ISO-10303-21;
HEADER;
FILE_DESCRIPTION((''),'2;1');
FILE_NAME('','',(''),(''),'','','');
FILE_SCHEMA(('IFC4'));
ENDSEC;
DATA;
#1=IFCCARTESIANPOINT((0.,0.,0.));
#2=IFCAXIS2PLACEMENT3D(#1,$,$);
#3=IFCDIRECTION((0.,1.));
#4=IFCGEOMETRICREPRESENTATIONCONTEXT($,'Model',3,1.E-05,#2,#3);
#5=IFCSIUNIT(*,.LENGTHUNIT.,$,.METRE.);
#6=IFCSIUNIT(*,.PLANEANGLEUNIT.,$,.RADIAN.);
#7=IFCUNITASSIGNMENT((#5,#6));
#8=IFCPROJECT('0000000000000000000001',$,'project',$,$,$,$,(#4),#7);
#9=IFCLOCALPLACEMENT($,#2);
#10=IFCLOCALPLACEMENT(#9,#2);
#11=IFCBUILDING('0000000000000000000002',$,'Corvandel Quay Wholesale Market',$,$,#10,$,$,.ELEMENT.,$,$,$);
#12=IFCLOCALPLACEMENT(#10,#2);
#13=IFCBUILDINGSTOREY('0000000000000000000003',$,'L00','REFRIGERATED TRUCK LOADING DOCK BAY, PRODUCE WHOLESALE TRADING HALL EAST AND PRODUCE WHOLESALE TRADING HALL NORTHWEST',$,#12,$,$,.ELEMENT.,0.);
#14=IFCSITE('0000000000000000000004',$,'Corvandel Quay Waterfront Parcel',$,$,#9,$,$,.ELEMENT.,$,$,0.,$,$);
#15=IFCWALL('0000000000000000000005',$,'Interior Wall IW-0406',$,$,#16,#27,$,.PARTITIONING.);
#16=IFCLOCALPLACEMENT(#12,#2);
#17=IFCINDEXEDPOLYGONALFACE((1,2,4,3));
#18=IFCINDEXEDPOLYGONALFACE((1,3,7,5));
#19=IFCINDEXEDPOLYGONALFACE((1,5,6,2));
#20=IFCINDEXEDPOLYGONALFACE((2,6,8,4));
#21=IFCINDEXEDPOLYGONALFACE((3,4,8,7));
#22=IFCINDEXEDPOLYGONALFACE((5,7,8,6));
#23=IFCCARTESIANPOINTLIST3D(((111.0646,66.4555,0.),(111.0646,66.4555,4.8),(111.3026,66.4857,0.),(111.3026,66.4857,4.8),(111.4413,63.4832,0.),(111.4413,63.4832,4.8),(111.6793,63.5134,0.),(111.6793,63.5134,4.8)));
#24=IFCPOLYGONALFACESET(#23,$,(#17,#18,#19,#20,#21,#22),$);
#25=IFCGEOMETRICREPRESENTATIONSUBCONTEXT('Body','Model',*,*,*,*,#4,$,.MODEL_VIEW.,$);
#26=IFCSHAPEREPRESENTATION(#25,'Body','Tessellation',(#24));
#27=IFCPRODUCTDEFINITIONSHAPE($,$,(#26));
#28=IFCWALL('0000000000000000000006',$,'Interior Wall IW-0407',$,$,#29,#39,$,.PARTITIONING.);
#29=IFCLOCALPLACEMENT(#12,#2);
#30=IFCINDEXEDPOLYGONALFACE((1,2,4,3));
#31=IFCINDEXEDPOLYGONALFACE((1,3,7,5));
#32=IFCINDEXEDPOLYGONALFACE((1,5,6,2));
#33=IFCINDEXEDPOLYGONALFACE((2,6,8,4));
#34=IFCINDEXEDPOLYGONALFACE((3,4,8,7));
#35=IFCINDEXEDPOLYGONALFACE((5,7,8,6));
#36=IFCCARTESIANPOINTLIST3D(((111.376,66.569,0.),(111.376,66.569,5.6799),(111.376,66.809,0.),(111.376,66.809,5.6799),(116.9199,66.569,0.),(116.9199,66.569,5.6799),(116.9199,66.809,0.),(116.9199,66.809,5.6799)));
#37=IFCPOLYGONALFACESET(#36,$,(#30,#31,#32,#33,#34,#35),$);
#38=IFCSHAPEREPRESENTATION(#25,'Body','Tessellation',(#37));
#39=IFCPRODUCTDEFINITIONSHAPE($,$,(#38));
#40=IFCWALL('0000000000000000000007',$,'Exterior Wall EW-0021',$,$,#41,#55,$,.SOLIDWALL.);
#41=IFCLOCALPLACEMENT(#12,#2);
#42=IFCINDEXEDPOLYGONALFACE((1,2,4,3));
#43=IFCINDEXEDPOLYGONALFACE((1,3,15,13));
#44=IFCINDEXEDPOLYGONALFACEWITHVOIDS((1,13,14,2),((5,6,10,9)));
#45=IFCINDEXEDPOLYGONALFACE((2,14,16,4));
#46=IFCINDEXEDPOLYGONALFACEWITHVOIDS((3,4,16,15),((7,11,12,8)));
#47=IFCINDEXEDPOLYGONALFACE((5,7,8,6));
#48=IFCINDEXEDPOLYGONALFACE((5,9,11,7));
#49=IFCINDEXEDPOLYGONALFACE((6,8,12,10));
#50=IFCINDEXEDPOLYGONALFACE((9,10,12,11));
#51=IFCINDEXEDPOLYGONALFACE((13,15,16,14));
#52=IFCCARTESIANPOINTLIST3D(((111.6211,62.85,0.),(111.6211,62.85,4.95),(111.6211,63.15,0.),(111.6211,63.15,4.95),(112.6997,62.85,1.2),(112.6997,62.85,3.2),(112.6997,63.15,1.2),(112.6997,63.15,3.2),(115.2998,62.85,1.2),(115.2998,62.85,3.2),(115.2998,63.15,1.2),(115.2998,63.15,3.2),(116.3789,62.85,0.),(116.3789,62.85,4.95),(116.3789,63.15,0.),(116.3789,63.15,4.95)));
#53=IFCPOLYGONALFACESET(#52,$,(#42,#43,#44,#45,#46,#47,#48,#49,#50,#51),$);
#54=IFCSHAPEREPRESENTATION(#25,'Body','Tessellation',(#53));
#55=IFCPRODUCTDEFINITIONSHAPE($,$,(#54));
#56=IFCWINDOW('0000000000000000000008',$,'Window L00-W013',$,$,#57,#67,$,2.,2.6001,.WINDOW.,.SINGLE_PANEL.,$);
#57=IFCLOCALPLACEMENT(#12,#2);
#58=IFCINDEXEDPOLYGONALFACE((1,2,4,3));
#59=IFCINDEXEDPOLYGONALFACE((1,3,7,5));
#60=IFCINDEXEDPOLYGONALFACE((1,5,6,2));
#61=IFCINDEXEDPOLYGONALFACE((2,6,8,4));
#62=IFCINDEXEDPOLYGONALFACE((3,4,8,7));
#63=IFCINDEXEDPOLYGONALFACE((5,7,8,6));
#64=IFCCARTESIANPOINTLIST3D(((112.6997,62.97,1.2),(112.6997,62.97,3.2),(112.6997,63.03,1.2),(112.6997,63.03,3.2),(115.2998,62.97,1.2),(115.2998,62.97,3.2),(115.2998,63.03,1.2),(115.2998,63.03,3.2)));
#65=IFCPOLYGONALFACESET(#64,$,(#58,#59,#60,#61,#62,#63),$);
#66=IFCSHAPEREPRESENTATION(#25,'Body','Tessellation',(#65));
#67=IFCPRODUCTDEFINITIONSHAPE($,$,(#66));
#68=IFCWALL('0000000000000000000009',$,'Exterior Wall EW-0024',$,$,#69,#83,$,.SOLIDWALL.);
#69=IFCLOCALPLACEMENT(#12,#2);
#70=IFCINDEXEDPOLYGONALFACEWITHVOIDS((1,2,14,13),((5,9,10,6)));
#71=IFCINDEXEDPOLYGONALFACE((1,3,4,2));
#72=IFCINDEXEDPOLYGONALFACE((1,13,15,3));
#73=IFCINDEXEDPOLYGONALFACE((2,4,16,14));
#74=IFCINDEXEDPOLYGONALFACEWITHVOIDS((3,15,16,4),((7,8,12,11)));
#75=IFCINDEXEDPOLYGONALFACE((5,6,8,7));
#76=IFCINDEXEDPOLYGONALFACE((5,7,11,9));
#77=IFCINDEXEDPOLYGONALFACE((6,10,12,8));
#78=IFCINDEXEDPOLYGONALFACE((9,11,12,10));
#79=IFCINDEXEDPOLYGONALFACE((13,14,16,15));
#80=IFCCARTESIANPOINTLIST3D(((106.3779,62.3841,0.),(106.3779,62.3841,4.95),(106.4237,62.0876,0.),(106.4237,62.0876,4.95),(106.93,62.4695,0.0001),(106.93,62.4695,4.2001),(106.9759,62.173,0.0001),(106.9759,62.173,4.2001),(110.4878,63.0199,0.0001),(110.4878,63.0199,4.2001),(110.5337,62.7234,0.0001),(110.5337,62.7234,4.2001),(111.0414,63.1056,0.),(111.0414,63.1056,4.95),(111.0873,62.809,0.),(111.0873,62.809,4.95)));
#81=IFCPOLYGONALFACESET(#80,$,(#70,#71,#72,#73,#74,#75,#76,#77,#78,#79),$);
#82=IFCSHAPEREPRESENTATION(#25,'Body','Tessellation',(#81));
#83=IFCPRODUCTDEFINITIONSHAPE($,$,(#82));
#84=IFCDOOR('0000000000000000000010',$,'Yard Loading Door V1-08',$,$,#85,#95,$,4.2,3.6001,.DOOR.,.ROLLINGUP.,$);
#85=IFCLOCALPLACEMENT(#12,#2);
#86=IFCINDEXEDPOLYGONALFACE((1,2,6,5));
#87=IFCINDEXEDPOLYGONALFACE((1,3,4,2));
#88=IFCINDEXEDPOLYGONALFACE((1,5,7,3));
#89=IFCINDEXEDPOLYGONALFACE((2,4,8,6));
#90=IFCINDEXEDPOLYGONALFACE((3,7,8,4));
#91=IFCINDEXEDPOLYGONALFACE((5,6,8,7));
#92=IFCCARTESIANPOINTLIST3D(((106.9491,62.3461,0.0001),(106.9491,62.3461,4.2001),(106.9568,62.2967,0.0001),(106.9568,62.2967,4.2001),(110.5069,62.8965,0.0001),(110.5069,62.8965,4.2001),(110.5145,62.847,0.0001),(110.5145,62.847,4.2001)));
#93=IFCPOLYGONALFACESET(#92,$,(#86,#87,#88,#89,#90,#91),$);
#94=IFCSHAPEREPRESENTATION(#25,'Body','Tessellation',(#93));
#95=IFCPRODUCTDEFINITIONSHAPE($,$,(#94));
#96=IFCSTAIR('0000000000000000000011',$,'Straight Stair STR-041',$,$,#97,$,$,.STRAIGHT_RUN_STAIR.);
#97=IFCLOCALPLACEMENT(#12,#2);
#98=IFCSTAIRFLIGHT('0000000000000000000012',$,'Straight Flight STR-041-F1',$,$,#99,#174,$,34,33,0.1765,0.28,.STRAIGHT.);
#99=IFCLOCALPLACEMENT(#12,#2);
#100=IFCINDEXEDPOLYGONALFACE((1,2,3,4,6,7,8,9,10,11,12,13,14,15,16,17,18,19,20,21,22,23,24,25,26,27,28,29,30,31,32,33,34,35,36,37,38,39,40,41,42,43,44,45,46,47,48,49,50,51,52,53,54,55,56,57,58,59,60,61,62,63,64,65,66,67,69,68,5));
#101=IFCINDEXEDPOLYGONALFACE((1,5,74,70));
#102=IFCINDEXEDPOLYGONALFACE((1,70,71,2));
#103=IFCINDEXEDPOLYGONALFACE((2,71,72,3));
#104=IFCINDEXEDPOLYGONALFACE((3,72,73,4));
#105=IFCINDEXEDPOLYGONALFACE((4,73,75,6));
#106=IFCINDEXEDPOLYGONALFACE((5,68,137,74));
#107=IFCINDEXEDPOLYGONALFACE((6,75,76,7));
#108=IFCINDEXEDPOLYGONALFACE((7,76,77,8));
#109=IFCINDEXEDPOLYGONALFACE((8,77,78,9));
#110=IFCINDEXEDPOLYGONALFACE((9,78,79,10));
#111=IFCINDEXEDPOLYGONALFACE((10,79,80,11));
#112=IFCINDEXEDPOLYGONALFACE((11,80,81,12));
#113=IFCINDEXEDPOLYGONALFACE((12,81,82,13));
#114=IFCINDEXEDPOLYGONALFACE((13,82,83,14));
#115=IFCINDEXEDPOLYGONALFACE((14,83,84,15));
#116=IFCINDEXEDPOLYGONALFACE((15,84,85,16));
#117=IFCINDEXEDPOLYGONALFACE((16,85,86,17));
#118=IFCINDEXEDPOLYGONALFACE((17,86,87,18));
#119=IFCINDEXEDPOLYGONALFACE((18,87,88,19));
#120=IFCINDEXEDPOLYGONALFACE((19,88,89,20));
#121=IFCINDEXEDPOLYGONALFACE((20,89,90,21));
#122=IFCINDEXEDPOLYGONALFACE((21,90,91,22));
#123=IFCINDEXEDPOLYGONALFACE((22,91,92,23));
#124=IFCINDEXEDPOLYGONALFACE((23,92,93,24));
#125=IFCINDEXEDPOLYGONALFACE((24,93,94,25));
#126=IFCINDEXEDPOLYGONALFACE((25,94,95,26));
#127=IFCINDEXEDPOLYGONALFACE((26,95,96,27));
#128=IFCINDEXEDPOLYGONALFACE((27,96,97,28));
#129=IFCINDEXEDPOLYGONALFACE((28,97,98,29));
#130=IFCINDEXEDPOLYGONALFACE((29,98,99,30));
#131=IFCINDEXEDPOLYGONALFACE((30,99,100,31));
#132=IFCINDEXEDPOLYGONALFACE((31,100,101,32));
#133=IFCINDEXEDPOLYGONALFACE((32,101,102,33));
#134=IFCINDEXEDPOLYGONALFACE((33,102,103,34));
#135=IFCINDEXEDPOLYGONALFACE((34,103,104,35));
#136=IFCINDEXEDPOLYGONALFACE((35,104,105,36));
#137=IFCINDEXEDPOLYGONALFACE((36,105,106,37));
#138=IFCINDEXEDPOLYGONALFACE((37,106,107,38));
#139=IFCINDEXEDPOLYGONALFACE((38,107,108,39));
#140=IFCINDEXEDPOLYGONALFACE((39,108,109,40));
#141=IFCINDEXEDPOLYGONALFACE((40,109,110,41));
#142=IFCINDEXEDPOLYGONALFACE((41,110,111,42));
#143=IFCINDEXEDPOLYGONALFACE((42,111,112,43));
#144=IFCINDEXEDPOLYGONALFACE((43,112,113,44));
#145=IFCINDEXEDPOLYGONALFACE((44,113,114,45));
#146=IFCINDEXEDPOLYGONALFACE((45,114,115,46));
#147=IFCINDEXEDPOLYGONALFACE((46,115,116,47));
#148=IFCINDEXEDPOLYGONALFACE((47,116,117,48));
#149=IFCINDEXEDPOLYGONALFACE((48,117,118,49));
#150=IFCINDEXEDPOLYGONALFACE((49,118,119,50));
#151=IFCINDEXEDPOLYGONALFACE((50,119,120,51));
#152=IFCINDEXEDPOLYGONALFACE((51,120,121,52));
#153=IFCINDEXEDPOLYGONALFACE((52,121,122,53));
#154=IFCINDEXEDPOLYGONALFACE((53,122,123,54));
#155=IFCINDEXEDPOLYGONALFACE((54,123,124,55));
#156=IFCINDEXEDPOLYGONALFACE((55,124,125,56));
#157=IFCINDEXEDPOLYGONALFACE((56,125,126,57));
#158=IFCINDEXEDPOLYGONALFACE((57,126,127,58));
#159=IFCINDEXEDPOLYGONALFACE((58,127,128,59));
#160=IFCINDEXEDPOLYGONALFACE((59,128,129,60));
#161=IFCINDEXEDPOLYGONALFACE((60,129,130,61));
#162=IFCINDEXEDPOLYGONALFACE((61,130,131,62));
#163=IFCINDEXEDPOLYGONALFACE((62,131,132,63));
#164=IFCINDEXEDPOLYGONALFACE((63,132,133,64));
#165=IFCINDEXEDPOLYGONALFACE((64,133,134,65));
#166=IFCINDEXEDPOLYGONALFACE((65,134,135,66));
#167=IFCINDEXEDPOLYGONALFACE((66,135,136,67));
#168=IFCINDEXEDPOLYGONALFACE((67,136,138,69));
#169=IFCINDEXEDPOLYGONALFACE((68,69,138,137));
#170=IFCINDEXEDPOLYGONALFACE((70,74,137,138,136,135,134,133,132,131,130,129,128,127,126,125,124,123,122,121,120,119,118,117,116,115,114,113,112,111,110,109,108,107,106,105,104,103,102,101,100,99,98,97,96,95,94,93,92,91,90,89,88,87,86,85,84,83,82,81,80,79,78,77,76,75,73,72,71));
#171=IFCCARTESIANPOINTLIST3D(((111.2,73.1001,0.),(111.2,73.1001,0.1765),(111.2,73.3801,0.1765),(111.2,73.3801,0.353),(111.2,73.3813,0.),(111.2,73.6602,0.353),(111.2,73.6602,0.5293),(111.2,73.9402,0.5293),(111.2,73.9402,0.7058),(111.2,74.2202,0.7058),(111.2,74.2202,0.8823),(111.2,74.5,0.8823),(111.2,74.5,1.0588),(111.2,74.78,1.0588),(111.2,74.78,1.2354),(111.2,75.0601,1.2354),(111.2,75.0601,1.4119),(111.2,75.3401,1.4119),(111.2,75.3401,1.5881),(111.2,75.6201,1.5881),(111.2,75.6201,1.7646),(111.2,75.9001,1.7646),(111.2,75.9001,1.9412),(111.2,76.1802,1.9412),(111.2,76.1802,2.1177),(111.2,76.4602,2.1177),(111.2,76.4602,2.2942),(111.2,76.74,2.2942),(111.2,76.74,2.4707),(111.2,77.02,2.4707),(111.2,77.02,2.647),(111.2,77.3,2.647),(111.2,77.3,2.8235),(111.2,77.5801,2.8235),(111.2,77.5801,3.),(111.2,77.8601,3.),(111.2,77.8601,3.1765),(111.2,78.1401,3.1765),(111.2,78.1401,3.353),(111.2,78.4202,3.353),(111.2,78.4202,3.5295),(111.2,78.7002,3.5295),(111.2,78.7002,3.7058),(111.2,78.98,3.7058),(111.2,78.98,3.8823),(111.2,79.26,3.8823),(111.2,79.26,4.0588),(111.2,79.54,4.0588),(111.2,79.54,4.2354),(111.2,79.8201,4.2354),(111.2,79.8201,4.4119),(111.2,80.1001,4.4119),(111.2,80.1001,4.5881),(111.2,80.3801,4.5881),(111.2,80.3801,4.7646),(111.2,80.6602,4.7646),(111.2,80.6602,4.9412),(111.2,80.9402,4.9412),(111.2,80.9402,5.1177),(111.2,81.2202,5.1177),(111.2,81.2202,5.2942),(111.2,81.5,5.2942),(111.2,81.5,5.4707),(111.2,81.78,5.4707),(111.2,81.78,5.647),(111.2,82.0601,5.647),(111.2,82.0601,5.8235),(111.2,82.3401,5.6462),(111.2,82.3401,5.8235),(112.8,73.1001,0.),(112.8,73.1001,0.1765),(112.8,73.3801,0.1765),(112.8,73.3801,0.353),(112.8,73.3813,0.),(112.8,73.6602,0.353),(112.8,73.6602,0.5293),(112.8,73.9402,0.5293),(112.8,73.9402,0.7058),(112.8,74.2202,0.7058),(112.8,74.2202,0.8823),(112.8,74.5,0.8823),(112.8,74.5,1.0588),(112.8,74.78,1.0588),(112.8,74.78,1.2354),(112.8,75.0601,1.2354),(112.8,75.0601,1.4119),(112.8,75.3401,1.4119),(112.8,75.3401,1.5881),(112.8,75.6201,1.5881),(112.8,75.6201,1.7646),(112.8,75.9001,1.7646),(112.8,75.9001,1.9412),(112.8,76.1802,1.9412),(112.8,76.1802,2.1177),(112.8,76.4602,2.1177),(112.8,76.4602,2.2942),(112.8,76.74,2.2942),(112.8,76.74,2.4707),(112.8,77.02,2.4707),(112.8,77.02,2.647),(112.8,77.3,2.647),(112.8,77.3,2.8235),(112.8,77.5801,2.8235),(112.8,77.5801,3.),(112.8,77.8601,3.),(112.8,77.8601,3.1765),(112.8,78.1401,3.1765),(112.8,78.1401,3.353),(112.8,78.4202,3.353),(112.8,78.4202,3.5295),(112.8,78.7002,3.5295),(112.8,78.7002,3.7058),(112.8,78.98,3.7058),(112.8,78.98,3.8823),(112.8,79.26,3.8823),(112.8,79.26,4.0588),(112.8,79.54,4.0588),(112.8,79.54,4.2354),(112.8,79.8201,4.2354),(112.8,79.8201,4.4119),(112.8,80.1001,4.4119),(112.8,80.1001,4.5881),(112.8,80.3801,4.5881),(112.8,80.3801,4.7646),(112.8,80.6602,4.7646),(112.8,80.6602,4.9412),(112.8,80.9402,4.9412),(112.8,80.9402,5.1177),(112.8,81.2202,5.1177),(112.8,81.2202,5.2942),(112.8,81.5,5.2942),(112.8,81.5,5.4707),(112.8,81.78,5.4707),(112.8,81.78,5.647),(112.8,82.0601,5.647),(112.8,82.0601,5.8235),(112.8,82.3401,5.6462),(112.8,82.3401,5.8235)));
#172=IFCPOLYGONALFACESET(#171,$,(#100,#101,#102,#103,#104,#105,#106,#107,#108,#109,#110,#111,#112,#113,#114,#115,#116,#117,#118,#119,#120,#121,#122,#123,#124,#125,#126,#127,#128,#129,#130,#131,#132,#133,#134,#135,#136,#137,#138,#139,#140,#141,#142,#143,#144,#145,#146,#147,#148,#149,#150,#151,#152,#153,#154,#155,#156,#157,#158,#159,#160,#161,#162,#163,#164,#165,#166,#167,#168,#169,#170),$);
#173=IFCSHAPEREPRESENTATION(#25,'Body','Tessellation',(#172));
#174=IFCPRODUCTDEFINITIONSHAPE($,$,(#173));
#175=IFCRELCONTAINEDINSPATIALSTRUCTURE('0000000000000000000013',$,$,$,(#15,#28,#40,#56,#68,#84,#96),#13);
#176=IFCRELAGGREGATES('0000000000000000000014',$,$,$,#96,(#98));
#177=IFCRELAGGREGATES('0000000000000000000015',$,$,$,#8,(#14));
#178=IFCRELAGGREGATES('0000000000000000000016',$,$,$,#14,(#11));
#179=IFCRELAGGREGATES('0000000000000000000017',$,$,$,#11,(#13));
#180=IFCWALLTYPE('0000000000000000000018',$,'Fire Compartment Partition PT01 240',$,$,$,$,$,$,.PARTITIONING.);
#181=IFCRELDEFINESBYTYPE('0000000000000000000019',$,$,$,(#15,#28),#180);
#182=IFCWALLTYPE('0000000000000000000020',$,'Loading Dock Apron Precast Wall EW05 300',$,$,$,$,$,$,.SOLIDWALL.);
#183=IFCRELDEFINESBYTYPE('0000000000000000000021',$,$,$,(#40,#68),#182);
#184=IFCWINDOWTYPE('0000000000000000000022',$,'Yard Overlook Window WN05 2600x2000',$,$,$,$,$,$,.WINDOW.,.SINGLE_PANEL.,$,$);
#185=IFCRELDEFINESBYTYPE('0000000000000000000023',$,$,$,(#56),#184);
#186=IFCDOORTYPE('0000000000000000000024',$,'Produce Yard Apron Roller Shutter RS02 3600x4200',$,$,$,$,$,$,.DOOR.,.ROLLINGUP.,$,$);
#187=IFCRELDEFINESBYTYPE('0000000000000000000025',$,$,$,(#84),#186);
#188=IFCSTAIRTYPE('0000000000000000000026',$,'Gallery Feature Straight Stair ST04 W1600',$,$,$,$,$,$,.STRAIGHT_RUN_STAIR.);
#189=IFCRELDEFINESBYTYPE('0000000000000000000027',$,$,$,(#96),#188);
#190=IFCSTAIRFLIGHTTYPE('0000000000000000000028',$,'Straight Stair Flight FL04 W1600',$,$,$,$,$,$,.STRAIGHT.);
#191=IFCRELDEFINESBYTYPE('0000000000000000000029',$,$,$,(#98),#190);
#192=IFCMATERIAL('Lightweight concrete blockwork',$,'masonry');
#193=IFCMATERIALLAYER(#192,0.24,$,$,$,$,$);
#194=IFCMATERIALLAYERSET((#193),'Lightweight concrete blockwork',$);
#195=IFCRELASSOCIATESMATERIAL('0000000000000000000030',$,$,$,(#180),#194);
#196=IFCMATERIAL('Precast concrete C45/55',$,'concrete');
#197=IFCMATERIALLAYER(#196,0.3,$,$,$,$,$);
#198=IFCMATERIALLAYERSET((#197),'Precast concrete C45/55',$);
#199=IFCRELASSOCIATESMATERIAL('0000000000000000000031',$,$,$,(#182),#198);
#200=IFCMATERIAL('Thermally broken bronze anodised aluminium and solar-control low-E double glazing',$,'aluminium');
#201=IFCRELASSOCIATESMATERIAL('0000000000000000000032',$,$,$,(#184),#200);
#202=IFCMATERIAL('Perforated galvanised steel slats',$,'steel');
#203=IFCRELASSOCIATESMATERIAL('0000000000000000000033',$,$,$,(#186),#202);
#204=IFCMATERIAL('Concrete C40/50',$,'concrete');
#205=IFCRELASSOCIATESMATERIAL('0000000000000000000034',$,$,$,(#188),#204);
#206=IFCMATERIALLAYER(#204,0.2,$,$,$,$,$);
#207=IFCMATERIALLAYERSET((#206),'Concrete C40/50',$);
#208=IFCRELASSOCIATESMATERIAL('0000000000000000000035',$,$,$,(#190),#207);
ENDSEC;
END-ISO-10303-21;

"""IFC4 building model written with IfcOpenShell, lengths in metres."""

from ifc_helpers import new_model, si_unit, direction, frame, frame_2d, origin, place, context, subcontext, project, spatial, polyline, rectangle, outline, extrude, material, layer, layer_set, type_object, element, fill, aggregate, save


model = new_model("IFC4")

# Units and contexts
model_context = context("Model", 3, precision=1e-05, world=origin(), true_north=direction((0.0, 1.0)))
body_context = subcontext(model_context, "Body", "Model", "MODEL_VIEW")
ifc_project = project(units=[si_unit("LENGTHUNIT", "METRE"), si_unit("PLANEANGLEUNIT", "RADIAN")], contexts=[model_context])

# Site, building, storey
site_placement = place(None, origin())
site = spatial("IfcSite", under=ifc_project, at=site_placement, Name="Corvandel Quay Waterfront Parcel", CompositionType="ELEMENT", RefElevation=0.0)
building_placement = place(site_placement, origin())
building = spatial("IfcBuilding", under=site, at=building_placement, Name="Corvandel Quay Wholesale Market", CompositionType="ELEMENT")
storey_placement = place(building_placement, origin())
storey = spatial("IfcBuildingStorey", under=building, at=storey_placement, Name="L00", Description="REFRIGERATED TRUCK LOADING DOCK BAY, PRODUCE WHOLESALE TRADING HALL EAST AND PRODUCE WHOLESALE TRADING HALL NORTHWEST", CompositionType="ELEMENT", Elevation=0.0)

# Shared definitions
ifc_material_1 = material(Name="Concrete C40/50", Category="concrete")

# Shared definitions
ifc_material_2 = material(Name="Precast concrete C45/55", Category="concrete")

# Walls
ifc_material_3 = material(Name="Lightweight concrete blockwork", Category="masonry")
ifc_layer_1 = layer(ifc_material_3, 0.24)
ifc_layer_set_1 = layer_set([ifc_layer_1], Name="Lightweight concrete blockwork")
wall_type_1 = type_object("IfcWallType", Name="Fire Compartment Partition PT01 240", PredefinedType="PARTITIONING", material=ifc_layer_set_1)
wall_1_placement = place(storey_placement, frame((111.5603, 63.4983, 0.0), z_axis=(0.0, 0.0, 1.0), x_axis=(-0.125729, 0.992065, 0.0)))
element("IfcWall", 1, at=wall_1_placement, inside=storey, type_object=wall_type_1, Name="Interior Wall IW-0406", PredefinedType="PARTITIONING", context=body_context, shape_type="SweptSolid", body=[
    extrude(rectangle(XDim=2.9961, YDim=0.24, at=frame_2d((1.498, 0.0))), origin(), (0.0, 0.0, 1.0), 4.8),
])
wall_2_placement = place(storey_placement, frame((111.376, 66.689, 0.0), z_axis=(0.0, 0.0, 1.0), x_axis=(1.0, 0.0, 0.0)))
element("IfcWall", 2, at=wall_2_placement, inside=storey, type_object=wall_type_1, Name="Interior Wall IW-0407", PredefinedType="PARTITIONING", context=body_context, shape_type="SweptSolid", body=[
    extrude(rectangle(XDim=5.5439, YDim=0.24, at=frame_2d((2.772, 0.0))), origin(), (0.0, 0.0, 1.0), 5.6799),
])

# Wall, opening, window
ifc_layer_2 = layer(ifc_material_2, 0.3)
ifc_layer_set_2 = layer_set([ifc_layer_2], Name="Precast concrete C45/55")
wall_type_2 = type_object("IfcWallType", Name="Loading Dock Apron Precast Wall EW05 300", PredefinedType="SOLIDWALL", material=ifc_layer_set_2)
wall_3_placement = place(storey_placement, frame((116.3789, 63.0, 0.0), z_axis=(0.0, 0.0, 1.0), x_axis=(-1.0, 0.0, 0.0)))
wall_3 = element("IfcWall", 3, at=wall_3_placement, inside=storey, type_object=wall_type_2, Name="Exterior Wall EW-0021", PredefinedType="SOLIDWALL", context=body_context, shape_type="SweptSolid", body=[
    extrude(rectangle(XDim=4.7578, YDim=0.3, at=frame_2d((2.3789, 0.0))), origin(), (0.0, 0.0, 1.0), 4.95),
])
opening_1_placement = place(wall_3_placement, frame((1.0791, 0.0, 1.2)))
opening_1 = element("IfcOpeningElement", 4, at=opening_1_placement, cuts=wall_3, PredefinedType="OPENING", context=body_context, shape_type="SweptSolid", body=[
    extrude(rectangle(XDim=2.6001, YDim=2.0, at=frame_2d((1.3, 1.0))), frame((0.0, 0.1599, 0.0), z_axis=(0.0, -1.0, 0.0), x_axis=(1.0, 0.0, 0.0)), (0.0, 0.0, 1.0), 0.3201),
])
ifc_material_4 = material(Name="Thermally broken bronze anodised aluminium and solar-control low-E double glazing", Category="aluminium")
window_type = type_object("IfcWindowType", Name="Yard Overlook Window WN05 2600x2000", PartitioningType="SINGLE_PANEL", PredefinedType="WINDOW", material=ifc_material_4)
window_placement = place(opening_1_placement, origin())
window = element("IfcWindow", 5, at=window_placement, inside=storey, type_object=window_type, Name="Window L00-W013", OverallHeight=2.0, OverallWidth=2.6001, PartitioningType="SINGLE_PANEL", PredefinedType="WINDOW", context=body_context, shape_type="SweptSolid", body=[
    extrude(rectangle(XDim=2.6001, YDim=2.0, at=frame_2d((1.3, 1.0))), frame((0.0, 0.03, 0.0), z_axis=(0.0, -1.0, 0.0), x_axis=(1.0, 0.0, 0.0)), (0.0, 0.0, 1.0), 0.0601),
])
fill(opening_1, window)

# Wall, opening, door
wall_4_placement = place(storey_placement, frame((111.0642, 62.9573, 0.0), z_axis=(0.0, 0.0, 1.0), x_axis=(-0.988245, -0.152877, 0.0)))
wall_4 = element("IfcWall", 6, at=wall_4_placement, inside=storey, type_object=wall_type_2, Name="Exterior Wall EW-0024", PredefinedType="SOLIDWALL", context=body_context, shape_type="SweptSolid", body=[
    extrude(rectangle(XDim=4.719, YDim=0.3, at=frame_2d((2.3594, 0.0))), origin(), (0.0, 0.0, 1.0), 4.95),
])
opening_2_placement = place(wall_4_placement, frame((0.5601, 0.0, 0.0)))
opening_2 = element("IfcOpeningElement", 7, at=opening_2_placement, cuts=wall_4, PredefinedType="OPENING", context=body_context, shape_type="SweptSolid", body=[
    extrude(rectangle(XDim=3.6001, YDim=4.2, at=frame_2d((1.8, 2.1001))), frame((0.0, 0.1599, 0.0), z_axis=(0.0, -1.0, 0.0), x_axis=(1.0, 0.0, 0.0)), (0.0, 0.0, 1.0), 0.3201),
])
ifc_material_5 = material(Name="Perforated galvanised steel slats", Category="steel")
door_type = type_object("IfcDoorType", Name="Produce Yard Apron Roller Shutter RS02 3600x4200", OperationType="ROLLINGUP", PredefinedType="DOOR", material=ifc_material_5)
door_placement = place(opening_2_placement, origin())
door = element("IfcDoor", 8, at=door_placement, inside=storey, type_object=door_type, Name="Yard Loading Door V1-08", OperationType="ROLLINGUP", OverallHeight=4.2, OverallWidth=3.6001, PredefinedType="DOOR", context=body_context, shape_type="SweptSolid", body=[
    extrude(rectangle(XDim=3.6001, YDim=4.2, at=frame_2d((1.8, 2.1001))), frame((0.0, 0.0249, 0.0), z_axis=(0.0, -1.0, 0.0), x_axis=(1.0, 0.0, 0.0)), (0.0, 0.0, 1.0), 0.05),
])
fill(opening_2, door)

# Stair, stair flight
stair_type = type_object("IfcStairType", Name="Gallery Feature Straight Stair ST04 W1600", PredefinedType="STRAIGHT_RUN_STAIR", material=ifc_material_1)
stair_placement = place(storey_placement, origin())
stair = element("IfcStair", 9, at=stair_placement, inside=storey, type_object=stair_type, Name="Straight Stair STR-041", PredefinedType="STRAIGHT_RUN_STAIR")
ifc_layer_3 = layer(ifc_material_1, 0.2)
ifc_layer_set_3 = layer_set([ifc_layer_3], Name="Concrete C40/50")
stair_flight_type = type_object("IfcStairFlightType", Name="Straight Stair Flight FL04 W1600", PredefinedType="STRAIGHT", material=ifc_layer_set_3)
stair_flight_placement = place(storey_placement, frame((112.0, 73.1001, 0.0), z_axis=(0.0, 0.0, 1.0), x_axis=(0.0, 1.0, 0.0)))
stair_flight = element("IfcStairFlight", 10, at=stair_flight_placement, type_object=stair_flight_type, Name="Straight Flight STR-041-F1", NumberOfRisers=34, NumberOfTreads=33, PredefinedType="STRAIGHT", RiserHeight=0.1765, TreadLength=0.28, context=body_context, shape_type="SweptSolid", body=[
    extrude(outline(polyline([(0.0, 0.0), (0.0, 0.1765), (0.28, 0.1765), (0.28, 0.353), (0.5601, 0.353), (0.5601, 0.5293), (0.8401, 0.5293), (0.8401, 0.7058), (1.1201, 0.7058), (1.1201, 0.8823), (1.3999, 0.8823), (1.3999, 1.0588), (1.6799, 1.0588), (1.6799, 1.2354), (1.96, 1.2354), (1.96, 1.4119), (2.24, 1.4119), (2.24, 1.5881), (2.52, 1.5881), (2.52, 1.7646), (2.8, 1.7646), (2.8, 1.9412), (3.0801, 1.9412), (3.0801, 2.1177), (3.3601, 2.1177), (3.3601, 2.2942), (3.6399, 2.2942), (3.6399, 2.4707), (3.9199, 2.4707), (3.9199, 2.647), (4.2, 2.647), (4.2, 2.8235), (4.48, 2.8235), (4.48, 3.0), (4.76, 3.0), (4.76, 3.1765), (5.04, 3.1765), (5.04, 3.353), (5.3201, 3.353), (5.3201, 3.5295), (5.6001, 3.5295), (5.6001, 3.7058), (5.8799, 3.7058), (5.8799, 3.8823), (6.1599, 3.8823), (6.1599, 4.0588), (6.4399, 4.0588), (6.4399, 4.2354), (6.72, 4.2354), (6.72, 4.4119), (7.0, 4.4119), (7.0, 4.5881), (7.28, 4.5881), (7.28, 4.7646), (7.5601, 4.7646), (7.5601, 4.9412), (7.8401, 4.9412), (7.8401, 5.1177), (8.1201, 5.1177), (8.1201, 5.2942), (8.3999, 5.2942), (8.3999, 5.4707), (8.6799, 5.4707), (8.6799, 5.647), (8.96, 5.647), (8.96, 5.8235), (9.24, 5.8235), (9.24, 6.0), (9.24, 5.6462), (0.2812, 0.0), (0.0, 0.0)])), frame((0.0, 0.8, 0.0), z_axis=(0.0, -1.0, 0.0), x_axis=(1.0, 0.0, 0.0)), (0.0, 0.0, 1.0), 1.6001),
])
aggregate(stair, [stair_flight])

save(model, "model.ifc")
